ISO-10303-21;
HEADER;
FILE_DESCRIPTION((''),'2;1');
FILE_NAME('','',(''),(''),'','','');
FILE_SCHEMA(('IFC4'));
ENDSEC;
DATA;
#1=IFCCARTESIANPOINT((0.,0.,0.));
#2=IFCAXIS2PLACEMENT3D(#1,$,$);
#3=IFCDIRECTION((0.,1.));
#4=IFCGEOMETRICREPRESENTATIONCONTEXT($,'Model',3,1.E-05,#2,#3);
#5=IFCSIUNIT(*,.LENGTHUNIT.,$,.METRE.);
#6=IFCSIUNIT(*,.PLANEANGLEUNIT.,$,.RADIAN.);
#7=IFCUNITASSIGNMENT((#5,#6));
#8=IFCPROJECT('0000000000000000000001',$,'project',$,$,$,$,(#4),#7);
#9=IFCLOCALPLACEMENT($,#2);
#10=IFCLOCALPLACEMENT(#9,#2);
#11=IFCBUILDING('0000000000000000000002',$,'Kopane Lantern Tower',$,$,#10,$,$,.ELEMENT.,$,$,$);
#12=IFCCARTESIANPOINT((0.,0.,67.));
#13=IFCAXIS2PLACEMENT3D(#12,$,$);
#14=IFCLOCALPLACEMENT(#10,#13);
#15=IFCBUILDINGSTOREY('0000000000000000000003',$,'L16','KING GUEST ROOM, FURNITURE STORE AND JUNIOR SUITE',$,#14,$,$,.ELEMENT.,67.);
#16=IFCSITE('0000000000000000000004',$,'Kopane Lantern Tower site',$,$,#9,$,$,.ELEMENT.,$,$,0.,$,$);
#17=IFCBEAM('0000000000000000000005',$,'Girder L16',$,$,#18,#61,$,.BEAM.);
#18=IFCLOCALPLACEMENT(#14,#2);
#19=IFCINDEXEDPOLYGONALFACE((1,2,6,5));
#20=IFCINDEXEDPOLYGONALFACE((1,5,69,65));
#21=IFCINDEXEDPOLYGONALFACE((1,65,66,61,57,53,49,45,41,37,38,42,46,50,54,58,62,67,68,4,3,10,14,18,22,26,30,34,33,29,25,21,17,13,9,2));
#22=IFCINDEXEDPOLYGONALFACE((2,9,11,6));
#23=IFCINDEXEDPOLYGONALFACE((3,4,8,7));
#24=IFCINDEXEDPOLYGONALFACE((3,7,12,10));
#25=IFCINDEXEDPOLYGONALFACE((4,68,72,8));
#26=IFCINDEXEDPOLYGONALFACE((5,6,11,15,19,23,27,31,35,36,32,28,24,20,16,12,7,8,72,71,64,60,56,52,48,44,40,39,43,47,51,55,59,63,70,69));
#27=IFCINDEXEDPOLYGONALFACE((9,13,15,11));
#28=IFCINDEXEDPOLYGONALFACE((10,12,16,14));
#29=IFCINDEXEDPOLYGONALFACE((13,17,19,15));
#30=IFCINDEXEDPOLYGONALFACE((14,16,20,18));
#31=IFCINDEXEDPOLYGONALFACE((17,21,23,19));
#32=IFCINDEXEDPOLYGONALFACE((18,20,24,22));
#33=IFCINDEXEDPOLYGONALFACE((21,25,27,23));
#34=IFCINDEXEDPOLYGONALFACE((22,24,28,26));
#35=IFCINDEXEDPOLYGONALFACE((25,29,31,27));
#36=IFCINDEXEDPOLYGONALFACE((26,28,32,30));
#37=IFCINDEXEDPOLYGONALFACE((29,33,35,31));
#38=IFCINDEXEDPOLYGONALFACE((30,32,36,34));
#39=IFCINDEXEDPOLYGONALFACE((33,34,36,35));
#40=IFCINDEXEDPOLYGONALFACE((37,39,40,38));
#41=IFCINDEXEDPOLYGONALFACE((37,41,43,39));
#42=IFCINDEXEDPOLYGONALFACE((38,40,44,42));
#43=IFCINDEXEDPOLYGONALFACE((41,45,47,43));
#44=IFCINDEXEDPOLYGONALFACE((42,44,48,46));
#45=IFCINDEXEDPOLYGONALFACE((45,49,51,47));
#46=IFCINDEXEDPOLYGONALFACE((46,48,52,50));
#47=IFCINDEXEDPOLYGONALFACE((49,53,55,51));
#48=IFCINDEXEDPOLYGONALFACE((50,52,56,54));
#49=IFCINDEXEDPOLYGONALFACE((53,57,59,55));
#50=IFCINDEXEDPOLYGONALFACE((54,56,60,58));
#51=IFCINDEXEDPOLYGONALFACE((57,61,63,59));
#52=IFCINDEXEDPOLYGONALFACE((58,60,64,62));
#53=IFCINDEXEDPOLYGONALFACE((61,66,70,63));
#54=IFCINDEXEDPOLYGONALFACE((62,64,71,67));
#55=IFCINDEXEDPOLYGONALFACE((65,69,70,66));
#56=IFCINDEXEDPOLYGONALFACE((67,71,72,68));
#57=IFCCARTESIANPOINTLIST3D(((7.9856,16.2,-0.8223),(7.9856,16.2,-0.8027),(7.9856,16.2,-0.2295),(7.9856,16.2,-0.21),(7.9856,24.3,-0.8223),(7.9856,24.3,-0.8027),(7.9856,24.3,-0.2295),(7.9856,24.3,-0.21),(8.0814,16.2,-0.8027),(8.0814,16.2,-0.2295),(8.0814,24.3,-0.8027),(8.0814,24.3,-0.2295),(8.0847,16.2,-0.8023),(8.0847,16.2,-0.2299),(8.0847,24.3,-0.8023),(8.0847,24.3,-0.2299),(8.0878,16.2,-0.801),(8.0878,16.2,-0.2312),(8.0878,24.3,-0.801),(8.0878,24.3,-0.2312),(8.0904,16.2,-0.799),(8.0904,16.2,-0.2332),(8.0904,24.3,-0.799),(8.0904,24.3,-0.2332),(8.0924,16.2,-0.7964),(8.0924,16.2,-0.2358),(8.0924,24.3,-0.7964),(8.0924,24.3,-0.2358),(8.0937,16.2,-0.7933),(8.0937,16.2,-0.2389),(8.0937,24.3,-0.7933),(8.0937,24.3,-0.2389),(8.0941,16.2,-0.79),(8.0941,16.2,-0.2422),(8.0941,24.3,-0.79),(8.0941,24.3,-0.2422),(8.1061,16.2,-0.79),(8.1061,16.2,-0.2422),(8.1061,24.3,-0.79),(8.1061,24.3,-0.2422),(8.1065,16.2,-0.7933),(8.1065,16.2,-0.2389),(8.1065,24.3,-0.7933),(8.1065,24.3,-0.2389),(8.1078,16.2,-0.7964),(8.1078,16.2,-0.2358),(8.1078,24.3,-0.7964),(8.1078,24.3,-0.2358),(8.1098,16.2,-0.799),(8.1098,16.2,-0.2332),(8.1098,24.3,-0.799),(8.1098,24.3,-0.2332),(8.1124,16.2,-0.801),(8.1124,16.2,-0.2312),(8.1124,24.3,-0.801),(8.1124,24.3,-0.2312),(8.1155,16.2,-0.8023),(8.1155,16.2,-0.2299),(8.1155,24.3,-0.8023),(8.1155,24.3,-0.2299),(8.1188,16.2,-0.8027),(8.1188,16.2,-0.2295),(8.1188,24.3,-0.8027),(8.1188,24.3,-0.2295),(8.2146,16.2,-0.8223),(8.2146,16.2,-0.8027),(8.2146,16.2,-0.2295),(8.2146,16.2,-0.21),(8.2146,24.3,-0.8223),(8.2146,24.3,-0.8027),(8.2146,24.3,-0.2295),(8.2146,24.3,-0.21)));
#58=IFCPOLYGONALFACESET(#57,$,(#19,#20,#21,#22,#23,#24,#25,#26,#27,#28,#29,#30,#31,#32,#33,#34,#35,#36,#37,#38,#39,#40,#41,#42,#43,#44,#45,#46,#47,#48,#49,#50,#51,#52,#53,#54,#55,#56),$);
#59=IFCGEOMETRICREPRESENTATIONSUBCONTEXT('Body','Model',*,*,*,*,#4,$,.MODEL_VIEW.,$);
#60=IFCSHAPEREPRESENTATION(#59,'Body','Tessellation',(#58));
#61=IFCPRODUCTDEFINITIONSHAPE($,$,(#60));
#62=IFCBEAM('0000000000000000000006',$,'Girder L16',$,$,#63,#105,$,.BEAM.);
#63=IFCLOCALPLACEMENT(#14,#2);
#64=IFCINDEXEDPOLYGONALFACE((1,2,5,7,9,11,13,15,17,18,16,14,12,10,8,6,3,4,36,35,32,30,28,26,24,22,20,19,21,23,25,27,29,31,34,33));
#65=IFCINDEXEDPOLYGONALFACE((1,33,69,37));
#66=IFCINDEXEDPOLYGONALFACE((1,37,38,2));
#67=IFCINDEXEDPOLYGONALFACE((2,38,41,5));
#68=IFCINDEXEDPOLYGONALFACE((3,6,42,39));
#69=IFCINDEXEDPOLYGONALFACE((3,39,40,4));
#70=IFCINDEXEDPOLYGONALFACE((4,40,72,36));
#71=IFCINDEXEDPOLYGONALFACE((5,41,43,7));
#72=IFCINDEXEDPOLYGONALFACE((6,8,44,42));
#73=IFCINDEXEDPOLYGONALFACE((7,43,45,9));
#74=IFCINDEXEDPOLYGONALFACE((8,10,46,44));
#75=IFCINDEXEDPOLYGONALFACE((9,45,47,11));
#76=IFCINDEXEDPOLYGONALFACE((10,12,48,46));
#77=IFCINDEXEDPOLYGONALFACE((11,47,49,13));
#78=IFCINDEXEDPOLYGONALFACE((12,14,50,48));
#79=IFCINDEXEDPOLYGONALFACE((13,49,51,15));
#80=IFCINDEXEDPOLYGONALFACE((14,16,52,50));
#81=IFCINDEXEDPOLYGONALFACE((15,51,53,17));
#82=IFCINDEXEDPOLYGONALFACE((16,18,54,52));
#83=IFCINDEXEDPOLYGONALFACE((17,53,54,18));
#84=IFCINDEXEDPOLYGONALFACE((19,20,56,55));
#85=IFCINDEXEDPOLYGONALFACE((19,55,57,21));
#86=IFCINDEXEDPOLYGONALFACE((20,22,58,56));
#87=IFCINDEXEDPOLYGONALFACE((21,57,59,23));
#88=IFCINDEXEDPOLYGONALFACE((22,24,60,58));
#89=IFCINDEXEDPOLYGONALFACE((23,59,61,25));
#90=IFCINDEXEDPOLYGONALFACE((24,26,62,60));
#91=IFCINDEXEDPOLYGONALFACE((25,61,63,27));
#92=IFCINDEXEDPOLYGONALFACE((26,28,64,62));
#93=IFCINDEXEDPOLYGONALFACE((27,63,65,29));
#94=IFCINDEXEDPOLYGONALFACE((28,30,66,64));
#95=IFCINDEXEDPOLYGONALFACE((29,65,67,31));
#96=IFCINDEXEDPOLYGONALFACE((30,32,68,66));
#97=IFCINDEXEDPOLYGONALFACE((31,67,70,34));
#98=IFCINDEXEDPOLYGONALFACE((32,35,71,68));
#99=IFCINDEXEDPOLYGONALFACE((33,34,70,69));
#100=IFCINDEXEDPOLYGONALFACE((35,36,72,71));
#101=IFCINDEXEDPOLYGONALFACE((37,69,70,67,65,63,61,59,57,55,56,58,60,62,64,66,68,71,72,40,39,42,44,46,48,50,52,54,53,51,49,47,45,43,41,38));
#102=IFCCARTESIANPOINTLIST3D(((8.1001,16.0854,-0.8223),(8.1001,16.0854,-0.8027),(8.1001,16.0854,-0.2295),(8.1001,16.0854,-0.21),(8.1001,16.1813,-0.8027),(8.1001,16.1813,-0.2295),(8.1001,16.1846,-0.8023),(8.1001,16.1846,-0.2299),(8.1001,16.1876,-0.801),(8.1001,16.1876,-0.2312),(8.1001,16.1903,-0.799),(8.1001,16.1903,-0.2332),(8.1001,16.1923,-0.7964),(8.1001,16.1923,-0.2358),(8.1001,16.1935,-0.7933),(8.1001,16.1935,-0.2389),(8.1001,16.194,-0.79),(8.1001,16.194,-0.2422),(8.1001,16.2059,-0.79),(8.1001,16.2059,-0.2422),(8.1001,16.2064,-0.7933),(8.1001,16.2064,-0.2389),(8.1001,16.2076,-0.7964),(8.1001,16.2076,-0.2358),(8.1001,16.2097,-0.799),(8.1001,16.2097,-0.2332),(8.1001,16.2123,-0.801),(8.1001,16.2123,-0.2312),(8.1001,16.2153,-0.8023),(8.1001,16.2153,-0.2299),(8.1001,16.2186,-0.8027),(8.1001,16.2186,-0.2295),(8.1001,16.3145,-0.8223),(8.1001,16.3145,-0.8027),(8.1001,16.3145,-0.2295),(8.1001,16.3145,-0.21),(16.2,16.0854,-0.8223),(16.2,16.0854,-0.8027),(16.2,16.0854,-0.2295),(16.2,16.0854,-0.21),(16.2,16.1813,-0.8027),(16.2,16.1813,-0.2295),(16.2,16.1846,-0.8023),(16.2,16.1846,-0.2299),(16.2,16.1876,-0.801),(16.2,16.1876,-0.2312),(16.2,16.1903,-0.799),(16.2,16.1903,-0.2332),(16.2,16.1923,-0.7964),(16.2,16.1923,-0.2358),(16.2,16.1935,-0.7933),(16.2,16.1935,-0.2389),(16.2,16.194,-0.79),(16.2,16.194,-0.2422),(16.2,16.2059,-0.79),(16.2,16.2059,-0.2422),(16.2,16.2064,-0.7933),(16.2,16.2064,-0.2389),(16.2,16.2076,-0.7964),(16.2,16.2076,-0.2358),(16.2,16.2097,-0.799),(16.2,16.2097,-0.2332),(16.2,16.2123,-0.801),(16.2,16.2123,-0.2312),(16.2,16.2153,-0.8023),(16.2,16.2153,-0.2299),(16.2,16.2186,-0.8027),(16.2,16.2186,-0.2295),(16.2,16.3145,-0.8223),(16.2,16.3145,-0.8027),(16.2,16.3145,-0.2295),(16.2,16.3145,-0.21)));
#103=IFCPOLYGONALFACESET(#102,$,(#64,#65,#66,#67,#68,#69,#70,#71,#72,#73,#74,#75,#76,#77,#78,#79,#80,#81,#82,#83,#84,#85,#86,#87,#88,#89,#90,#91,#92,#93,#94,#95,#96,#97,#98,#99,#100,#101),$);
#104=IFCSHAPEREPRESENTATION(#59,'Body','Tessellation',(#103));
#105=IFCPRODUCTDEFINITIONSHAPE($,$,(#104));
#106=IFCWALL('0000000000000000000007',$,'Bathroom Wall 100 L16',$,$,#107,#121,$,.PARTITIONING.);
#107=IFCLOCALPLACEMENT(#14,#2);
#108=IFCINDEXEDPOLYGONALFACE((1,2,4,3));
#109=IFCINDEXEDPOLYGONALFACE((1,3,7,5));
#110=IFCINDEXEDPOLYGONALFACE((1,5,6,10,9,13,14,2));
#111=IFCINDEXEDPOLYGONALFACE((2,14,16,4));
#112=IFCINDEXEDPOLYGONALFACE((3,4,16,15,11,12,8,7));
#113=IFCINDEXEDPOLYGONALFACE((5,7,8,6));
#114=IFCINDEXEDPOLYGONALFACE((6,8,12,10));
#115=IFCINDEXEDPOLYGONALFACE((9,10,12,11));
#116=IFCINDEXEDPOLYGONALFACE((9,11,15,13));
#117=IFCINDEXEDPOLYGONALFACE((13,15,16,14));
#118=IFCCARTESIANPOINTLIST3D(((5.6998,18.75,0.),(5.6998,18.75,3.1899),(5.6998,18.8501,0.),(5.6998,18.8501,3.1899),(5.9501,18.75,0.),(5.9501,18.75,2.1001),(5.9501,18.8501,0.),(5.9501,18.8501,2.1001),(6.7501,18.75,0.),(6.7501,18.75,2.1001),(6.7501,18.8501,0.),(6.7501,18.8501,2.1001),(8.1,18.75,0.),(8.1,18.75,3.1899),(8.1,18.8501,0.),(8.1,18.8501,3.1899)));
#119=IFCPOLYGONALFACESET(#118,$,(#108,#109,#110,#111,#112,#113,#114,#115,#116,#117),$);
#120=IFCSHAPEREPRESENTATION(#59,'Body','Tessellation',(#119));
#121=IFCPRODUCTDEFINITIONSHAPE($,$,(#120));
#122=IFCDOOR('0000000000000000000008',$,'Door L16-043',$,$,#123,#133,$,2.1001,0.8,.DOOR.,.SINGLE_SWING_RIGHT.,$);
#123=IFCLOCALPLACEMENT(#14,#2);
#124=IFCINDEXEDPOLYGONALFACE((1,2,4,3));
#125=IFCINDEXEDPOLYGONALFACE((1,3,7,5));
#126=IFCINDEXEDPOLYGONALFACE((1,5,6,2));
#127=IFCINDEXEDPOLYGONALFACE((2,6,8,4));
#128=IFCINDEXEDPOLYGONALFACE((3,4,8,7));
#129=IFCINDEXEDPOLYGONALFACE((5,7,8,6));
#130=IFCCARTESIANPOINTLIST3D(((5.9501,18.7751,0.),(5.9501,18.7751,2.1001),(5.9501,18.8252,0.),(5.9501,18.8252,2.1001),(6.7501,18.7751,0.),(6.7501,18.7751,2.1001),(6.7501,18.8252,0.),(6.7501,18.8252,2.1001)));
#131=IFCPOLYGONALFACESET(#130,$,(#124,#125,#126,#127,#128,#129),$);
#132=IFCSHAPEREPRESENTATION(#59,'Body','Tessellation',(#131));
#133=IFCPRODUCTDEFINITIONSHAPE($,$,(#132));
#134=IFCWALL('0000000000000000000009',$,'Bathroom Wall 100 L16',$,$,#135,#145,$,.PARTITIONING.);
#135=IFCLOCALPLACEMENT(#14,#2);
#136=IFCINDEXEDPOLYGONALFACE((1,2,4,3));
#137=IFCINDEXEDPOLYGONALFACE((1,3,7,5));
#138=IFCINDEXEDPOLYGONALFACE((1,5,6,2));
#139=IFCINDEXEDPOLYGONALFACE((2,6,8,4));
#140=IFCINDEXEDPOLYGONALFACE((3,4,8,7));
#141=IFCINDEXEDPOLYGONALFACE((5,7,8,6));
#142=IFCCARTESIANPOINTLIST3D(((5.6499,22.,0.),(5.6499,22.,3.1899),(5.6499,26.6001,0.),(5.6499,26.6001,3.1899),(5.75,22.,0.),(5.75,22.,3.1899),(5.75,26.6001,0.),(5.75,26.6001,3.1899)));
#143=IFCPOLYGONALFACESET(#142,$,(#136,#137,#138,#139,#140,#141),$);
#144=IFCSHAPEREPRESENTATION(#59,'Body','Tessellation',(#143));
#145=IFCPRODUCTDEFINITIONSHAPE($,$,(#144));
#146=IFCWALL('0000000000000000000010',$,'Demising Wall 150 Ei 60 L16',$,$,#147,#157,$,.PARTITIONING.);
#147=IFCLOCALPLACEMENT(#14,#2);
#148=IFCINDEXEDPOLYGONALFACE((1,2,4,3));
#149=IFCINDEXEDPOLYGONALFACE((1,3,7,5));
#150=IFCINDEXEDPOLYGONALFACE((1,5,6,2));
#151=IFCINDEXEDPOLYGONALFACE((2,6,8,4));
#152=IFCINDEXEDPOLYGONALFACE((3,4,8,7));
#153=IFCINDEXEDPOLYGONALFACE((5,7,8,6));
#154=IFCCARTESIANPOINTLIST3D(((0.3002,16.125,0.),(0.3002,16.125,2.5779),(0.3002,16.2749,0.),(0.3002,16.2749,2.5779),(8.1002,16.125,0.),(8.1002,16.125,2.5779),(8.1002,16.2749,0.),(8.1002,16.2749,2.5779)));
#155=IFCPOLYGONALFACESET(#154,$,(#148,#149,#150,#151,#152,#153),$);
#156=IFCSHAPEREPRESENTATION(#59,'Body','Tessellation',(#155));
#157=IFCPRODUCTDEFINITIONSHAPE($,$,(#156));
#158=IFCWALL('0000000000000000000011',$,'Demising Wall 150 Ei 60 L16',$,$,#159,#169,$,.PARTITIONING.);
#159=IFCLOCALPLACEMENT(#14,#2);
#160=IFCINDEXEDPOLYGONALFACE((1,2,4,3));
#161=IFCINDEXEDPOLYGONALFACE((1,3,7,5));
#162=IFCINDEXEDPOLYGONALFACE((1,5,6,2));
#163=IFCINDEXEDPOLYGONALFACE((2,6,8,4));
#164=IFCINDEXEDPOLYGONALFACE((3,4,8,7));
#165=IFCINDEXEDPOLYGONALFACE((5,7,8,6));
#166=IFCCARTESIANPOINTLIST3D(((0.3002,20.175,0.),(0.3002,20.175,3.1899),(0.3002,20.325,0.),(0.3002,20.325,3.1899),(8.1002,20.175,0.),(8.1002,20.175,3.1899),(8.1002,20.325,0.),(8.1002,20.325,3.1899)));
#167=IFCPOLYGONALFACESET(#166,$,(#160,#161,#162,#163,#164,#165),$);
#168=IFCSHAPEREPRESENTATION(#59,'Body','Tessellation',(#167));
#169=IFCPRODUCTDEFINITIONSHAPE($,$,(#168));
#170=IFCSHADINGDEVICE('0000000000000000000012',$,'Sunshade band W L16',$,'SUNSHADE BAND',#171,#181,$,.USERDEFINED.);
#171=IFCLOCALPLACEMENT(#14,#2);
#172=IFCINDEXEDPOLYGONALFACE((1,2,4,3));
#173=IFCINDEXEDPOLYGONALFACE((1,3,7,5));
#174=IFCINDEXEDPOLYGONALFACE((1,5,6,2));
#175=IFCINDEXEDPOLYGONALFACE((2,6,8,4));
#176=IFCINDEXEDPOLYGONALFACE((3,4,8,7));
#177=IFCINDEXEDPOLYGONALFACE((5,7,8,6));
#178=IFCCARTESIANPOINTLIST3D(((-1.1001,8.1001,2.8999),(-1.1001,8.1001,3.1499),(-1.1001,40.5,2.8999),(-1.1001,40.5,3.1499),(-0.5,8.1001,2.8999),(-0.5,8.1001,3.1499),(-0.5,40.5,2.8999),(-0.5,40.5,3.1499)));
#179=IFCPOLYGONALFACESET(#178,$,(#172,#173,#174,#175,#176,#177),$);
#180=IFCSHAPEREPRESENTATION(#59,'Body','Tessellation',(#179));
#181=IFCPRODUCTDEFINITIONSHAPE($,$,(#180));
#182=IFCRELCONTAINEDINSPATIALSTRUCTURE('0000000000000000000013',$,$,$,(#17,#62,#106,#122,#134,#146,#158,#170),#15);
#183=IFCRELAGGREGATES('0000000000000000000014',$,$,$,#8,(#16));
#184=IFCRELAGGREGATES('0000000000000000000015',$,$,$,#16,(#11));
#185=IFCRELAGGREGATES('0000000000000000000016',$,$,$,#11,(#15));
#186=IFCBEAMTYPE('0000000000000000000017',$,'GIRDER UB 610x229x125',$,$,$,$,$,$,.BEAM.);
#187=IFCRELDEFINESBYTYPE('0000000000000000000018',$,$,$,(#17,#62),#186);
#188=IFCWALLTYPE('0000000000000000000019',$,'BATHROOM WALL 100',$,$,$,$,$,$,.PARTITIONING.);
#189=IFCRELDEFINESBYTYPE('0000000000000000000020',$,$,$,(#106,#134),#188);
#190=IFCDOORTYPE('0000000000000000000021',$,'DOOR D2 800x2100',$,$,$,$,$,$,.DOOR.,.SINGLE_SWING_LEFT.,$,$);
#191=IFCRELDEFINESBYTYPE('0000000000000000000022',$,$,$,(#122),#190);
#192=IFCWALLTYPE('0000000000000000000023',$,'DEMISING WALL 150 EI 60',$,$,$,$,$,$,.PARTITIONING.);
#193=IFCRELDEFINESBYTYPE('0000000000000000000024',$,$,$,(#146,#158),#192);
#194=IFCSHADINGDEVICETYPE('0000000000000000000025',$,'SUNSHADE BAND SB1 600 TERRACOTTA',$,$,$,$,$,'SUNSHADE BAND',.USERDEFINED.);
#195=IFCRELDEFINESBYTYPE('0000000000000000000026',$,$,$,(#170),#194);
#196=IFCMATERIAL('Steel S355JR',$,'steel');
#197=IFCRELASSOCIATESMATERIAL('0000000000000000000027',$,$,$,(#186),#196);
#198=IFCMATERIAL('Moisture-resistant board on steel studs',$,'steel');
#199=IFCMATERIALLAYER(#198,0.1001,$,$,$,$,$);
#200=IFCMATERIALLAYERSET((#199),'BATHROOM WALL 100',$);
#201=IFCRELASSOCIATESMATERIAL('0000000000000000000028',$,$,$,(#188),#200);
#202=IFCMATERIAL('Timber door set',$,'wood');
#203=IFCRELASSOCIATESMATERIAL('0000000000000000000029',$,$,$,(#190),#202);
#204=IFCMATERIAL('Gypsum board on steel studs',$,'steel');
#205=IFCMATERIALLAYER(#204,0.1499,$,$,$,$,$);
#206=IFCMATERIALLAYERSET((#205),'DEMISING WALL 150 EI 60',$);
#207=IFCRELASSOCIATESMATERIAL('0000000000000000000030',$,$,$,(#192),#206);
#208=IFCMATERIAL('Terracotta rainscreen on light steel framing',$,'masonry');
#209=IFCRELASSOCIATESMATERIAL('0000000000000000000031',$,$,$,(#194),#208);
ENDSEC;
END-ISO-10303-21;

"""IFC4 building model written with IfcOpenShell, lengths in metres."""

from ifc_helpers import new_model, si_unit, direction, frame, frame_2d, origin, origin_2d, place, context, subcontext, project, spatial, rectangle, i_section, extrude, material, layer, layer_set, material_profile, profile_set, type_object, element, fill, save


model = new_model("IFC4")

# Units and contexts
model_context = context("Model", 3, precision=1e-05, world=origin(), true_north=direction((0.0, 1.0)))
body_context = subcontext(model_context, "Body", "Model", "MODEL_VIEW")
ifc_project = project(units=[si_unit("LENGTHUNIT", "METRE"), si_unit("PLANEANGLEUNIT", "RADIAN")], contexts=[model_context])

# Site, building, storey
site_placement = place(None, origin())
site = spatial("IfcSite", under=ifc_project, at=site_placement, Name="Kopane Lantern Tower site", CompositionType="ELEMENT", RefElevation=0.0)
building_placement = place(site_placement, origin())
building = spatial("IfcBuilding", under=site, at=building_placement, Name="Kopane Lantern Tower", CompositionType="ELEMENT")
storey_placement = place(building_placement, frame((0.0, 0.0, 67.0)))
storey = spatial("IfcBuildingStorey", under=building, at=storey_placement, Name="L16", Description="KING GUEST ROOM, FURNITURE STORE AND JUNIOR SUITE", CompositionType="ELEMENT", Elevation=67.0)

# Beams
ifc_material_1 = material(Name="Steel S355JR", Category="steel")
ifc_material_profile_1 = material_profile(ifc_material_1, i_section(OverallWidth=0.229, OverallDepth=0.6123, WebThickness=0.012, FlangeThickness=0.0195, FilletRadius=0.0127, at=origin_2d()), Name="UB 610x229x125")
ifc_profile_set_1 = profile_set([ifc_material_profile_1], Name="Steel S355JR")
beam_type = type_object("IfcBeamType", Name="GIRDER UB 610x229x125", PredefinedType="BEAM", material=ifc_profile_set_1)
for number, where, z_axis, x_axis, name in (
    (1, (8.1001, 16.2, -0.5161), (0.0, 1.0, 0.0), (-1.0, 0.0, 0.0), "Girder L16"),
):
    element("IfcBeam", number, at=place(storey_placement, frame(where, z_axis=z_axis, x_axis=x_axis)), inside=storey, type_object=beam_type, Name=name, PredefinedType="BEAM", context=body_context, shape_type="SweptSolid", body=[
        extrude(i_section(OverallWidth=0.229, OverallDepth=0.6123, WebThickness=0.012, FlangeThickness=0.0195, FilletRadius=0.0127, at=origin_2d()), origin(), (0.0, 0.0, 1.0), 8.1001),
    ])
beam_1_placement = place(storey_placement, frame((8.1001, 16.2, -0.5161), z_axis=(1.0, 0.0, 0.0), x_axis=(0.0, 1.0, 0.0)))
element("IfcBeam", 2, at=beam_1_placement, inside=storey, type_object=beam_type, Name="Girder L16", PredefinedType="BEAM", context=body_context, shape_type="SweptSolid", body=[
    extrude(i_section(OverallWidth=0.229, OverallDepth=0.6123, WebThickness=0.012, FlangeThickness=0.0195, FilletRadius=0.0127, at=origin_2d()), origin(), (0.0, 0.0, 1.0), 8.0999),
])

# Wall, opening, door
ifc_material_2 = material(Name="Moisture-resistant board on steel studs", Category="steel")
ifc_layer_1 = layer(ifc_material_2, 0.1001)
ifc_layer_set_1 = layer_set([ifc_layer_1], Name="BATHROOM WALL 100")
wall_type_1 = type_object("IfcWallType", Name="BATHROOM WALL 100", PredefinedType="PARTITIONING", material=ifc_layer_set_1)
wall_1_placement = place(storey_placement, frame((8.1001, 18.8, 0.0), z_axis=(0.0, 0.0, 1.0), x_axis=(-1.0, 0.0, 0.0)))
wall_1 = element("IfcWall", 3, at=wall_1_placement, inside=storey, type_object=wall_type_1, Name="Bathroom Wall 100 L16", PredefinedType="PARTITIONING", context=body_context, shape_type="SweptSolid", body=[
    extrude(rectangle(XDim=2.4001, YDim=0.1001, at=frame_2d((1.2002, 0.0))), origin(), (0.0, 0.0, 1.0), 3.1899),
])
opening_placement = place(wall_1_placement, frame((1.3501, 0.0, 0.0)))
opening = element("IfcOpeningElement", 4, at=opening_placement, cuts=wall_1, PredefinedType="OPENING", context=body_context, shape_type="SweptSolid", body=[
    extrude(rectangle(XDim=0.8, YDim=2.1001, at=frame_2d((0.3999, 1.05))), frame((0.0, 0.0601, 0.0), z_axis=(0.0, -1.0, 0.0), x_axis=(1.0, 0.0, 0.0)), (0.0, 0.0, 1.0), 0.1201),
])
ifc_material_3 = material(Name="Timber door set", Category="wood")
door_type = type_object("IfcDoorType", Name="DOOR D2 800x2100", OperationType="SINGLE_SWING_LEFT", PredefinedType="DOOR", material=ifc_material_3)
door_placement = place(opening_placement, origin())
door = element("IfcDoor", 5, at=door_placement, inside=storey, type_object=door_type, Name="Door L16-043", OperationType="SINGLE_SWING_RIGHT", OverallHeight=2.1001, OverallWidth=0.8, PredefinedType="DOOR", context=body_context, shape_type="SweptSolid", body=[
    extrude(rectangle(XDim=0.8, YDim=2.1001, at=frame_2d((0.3999, 1.05))), frame((0.0, 0.0249, 0.0), z_axis=(0.0, -1.0, 0.0), x_axis=(1.0, 0.0, 0.0)), (0.0, 0.0, 1.0), 0.05),
])
fill(opening, door)

# Walls
wall_2_placement = place(storey_placement, frame((5.7, 22.0, 0.0), z_axis=(0.0, 0.0, 1.0), x_axis=(0.0, 1.0, 0.0)))
element("IfcWall", 6, at=wall_2_placement, inside=storey, type_object=wall_type_1, Name="Bathroom Wall 100 L16", PredefinedType="PARTITIONING", context=body_context, shape_type="SweptSolid", body=[
    extrude(rectangle(XDim=4.6001, YDim=0.1001, at=frame_2d((2.3, 0.0))), origin(), (0.0, 0.0, 1.0), 3.1899),
])
ifc_material_4 = material(Name="Gypsum board on steel studs", Category="steel")
ifc_layer_2 = layer(ifc_material_4, 0.1499)
ifc_layer_set_2 = layer_set([ifc_layer_2], Name="DEMISING WALL 150 EI 60")
wall_type_2 = type_object("IfcWallType", Name="DEMISING WALL 150 EI 60", PredefinedType="PARTITIONING", material=ifc_layer_set_2)
wall_3_placement = place(storey_placement, frame((8.1001, 16.2, 0.0), z_axis=(0.0, 0.0, 1.0), x_axis=(-1.0, 0.0, 0.0)))
element("IfcWall", 7, at=wall_3_placement, inside=storey, type_object=wall_type_2, Name="Demising Wall 150 Ei 60 L16", PredefinedType="PARTITIONING", context=body_context, shape_type="SweptSolid", body=[
    extrude(rectangle(XDim=7.8, YDim=0.1499, at=frame_2d((3.8999, 0.0))), origin(), (0.0, 0.0, 1.0), 2.5779),
])
wall_4_placement = place(storey_placement, frame((8.1001, 20.25, 0.0), z_axis=(0.0, 0.0, 1.0), x_axis=(-1.0, 0.0, 0.0)))
element("IfcWall", 8, at=wall_4_placement, inside=storey, type_object=wall_type_2, Name="Demising Wall 150 Ei 60 L16", PredefinedType="PARTITIONING", context=body_context, shape_type="SweptSolid", body=[
    extrude(rectangle(XDim=7.8, YDim=0.1499, at=frame_2d((3.8999, 0.0))), origin(), (0.0, 0.0, 1.0), 3.1899),
])

# Shading device
ifc_material_5 = material(Name="Terracotta rainscreen on light steel framing", Category="masonry")
shading_device_type = type_object("IfcShadingDeviceType", Name="SUNSHADE BAND SB1 600 TERRACOTTA", ElementType="SUNSHADE BAND", PredefinedType="USERDEFINED", material=ifc_material_5)
shading_device_placement = place(storey_placement, frame((-0.8, 24.3, 2.8999), z_axis=(0.0, 0.0, 1.0), x_axis=(0.0, -1.0, 0.0)))
element("IfcShadingDevice", 9, at=shading_device_placement, inside=storey, type_object=shading_device_type, Name="Sunshade band W L16", ObjectType="SUNSHADE BAND", PredefinedType="USERDEFINED", context=body_context, shape_type="SweptSolid", body=[
    extrude(rectangle(XDim=32.3999, YDim=0.6001, at=origin_2d()), origin(), (0.0, 0.0, 1.0), 0.25),
])

save(model, "model.ifc")
